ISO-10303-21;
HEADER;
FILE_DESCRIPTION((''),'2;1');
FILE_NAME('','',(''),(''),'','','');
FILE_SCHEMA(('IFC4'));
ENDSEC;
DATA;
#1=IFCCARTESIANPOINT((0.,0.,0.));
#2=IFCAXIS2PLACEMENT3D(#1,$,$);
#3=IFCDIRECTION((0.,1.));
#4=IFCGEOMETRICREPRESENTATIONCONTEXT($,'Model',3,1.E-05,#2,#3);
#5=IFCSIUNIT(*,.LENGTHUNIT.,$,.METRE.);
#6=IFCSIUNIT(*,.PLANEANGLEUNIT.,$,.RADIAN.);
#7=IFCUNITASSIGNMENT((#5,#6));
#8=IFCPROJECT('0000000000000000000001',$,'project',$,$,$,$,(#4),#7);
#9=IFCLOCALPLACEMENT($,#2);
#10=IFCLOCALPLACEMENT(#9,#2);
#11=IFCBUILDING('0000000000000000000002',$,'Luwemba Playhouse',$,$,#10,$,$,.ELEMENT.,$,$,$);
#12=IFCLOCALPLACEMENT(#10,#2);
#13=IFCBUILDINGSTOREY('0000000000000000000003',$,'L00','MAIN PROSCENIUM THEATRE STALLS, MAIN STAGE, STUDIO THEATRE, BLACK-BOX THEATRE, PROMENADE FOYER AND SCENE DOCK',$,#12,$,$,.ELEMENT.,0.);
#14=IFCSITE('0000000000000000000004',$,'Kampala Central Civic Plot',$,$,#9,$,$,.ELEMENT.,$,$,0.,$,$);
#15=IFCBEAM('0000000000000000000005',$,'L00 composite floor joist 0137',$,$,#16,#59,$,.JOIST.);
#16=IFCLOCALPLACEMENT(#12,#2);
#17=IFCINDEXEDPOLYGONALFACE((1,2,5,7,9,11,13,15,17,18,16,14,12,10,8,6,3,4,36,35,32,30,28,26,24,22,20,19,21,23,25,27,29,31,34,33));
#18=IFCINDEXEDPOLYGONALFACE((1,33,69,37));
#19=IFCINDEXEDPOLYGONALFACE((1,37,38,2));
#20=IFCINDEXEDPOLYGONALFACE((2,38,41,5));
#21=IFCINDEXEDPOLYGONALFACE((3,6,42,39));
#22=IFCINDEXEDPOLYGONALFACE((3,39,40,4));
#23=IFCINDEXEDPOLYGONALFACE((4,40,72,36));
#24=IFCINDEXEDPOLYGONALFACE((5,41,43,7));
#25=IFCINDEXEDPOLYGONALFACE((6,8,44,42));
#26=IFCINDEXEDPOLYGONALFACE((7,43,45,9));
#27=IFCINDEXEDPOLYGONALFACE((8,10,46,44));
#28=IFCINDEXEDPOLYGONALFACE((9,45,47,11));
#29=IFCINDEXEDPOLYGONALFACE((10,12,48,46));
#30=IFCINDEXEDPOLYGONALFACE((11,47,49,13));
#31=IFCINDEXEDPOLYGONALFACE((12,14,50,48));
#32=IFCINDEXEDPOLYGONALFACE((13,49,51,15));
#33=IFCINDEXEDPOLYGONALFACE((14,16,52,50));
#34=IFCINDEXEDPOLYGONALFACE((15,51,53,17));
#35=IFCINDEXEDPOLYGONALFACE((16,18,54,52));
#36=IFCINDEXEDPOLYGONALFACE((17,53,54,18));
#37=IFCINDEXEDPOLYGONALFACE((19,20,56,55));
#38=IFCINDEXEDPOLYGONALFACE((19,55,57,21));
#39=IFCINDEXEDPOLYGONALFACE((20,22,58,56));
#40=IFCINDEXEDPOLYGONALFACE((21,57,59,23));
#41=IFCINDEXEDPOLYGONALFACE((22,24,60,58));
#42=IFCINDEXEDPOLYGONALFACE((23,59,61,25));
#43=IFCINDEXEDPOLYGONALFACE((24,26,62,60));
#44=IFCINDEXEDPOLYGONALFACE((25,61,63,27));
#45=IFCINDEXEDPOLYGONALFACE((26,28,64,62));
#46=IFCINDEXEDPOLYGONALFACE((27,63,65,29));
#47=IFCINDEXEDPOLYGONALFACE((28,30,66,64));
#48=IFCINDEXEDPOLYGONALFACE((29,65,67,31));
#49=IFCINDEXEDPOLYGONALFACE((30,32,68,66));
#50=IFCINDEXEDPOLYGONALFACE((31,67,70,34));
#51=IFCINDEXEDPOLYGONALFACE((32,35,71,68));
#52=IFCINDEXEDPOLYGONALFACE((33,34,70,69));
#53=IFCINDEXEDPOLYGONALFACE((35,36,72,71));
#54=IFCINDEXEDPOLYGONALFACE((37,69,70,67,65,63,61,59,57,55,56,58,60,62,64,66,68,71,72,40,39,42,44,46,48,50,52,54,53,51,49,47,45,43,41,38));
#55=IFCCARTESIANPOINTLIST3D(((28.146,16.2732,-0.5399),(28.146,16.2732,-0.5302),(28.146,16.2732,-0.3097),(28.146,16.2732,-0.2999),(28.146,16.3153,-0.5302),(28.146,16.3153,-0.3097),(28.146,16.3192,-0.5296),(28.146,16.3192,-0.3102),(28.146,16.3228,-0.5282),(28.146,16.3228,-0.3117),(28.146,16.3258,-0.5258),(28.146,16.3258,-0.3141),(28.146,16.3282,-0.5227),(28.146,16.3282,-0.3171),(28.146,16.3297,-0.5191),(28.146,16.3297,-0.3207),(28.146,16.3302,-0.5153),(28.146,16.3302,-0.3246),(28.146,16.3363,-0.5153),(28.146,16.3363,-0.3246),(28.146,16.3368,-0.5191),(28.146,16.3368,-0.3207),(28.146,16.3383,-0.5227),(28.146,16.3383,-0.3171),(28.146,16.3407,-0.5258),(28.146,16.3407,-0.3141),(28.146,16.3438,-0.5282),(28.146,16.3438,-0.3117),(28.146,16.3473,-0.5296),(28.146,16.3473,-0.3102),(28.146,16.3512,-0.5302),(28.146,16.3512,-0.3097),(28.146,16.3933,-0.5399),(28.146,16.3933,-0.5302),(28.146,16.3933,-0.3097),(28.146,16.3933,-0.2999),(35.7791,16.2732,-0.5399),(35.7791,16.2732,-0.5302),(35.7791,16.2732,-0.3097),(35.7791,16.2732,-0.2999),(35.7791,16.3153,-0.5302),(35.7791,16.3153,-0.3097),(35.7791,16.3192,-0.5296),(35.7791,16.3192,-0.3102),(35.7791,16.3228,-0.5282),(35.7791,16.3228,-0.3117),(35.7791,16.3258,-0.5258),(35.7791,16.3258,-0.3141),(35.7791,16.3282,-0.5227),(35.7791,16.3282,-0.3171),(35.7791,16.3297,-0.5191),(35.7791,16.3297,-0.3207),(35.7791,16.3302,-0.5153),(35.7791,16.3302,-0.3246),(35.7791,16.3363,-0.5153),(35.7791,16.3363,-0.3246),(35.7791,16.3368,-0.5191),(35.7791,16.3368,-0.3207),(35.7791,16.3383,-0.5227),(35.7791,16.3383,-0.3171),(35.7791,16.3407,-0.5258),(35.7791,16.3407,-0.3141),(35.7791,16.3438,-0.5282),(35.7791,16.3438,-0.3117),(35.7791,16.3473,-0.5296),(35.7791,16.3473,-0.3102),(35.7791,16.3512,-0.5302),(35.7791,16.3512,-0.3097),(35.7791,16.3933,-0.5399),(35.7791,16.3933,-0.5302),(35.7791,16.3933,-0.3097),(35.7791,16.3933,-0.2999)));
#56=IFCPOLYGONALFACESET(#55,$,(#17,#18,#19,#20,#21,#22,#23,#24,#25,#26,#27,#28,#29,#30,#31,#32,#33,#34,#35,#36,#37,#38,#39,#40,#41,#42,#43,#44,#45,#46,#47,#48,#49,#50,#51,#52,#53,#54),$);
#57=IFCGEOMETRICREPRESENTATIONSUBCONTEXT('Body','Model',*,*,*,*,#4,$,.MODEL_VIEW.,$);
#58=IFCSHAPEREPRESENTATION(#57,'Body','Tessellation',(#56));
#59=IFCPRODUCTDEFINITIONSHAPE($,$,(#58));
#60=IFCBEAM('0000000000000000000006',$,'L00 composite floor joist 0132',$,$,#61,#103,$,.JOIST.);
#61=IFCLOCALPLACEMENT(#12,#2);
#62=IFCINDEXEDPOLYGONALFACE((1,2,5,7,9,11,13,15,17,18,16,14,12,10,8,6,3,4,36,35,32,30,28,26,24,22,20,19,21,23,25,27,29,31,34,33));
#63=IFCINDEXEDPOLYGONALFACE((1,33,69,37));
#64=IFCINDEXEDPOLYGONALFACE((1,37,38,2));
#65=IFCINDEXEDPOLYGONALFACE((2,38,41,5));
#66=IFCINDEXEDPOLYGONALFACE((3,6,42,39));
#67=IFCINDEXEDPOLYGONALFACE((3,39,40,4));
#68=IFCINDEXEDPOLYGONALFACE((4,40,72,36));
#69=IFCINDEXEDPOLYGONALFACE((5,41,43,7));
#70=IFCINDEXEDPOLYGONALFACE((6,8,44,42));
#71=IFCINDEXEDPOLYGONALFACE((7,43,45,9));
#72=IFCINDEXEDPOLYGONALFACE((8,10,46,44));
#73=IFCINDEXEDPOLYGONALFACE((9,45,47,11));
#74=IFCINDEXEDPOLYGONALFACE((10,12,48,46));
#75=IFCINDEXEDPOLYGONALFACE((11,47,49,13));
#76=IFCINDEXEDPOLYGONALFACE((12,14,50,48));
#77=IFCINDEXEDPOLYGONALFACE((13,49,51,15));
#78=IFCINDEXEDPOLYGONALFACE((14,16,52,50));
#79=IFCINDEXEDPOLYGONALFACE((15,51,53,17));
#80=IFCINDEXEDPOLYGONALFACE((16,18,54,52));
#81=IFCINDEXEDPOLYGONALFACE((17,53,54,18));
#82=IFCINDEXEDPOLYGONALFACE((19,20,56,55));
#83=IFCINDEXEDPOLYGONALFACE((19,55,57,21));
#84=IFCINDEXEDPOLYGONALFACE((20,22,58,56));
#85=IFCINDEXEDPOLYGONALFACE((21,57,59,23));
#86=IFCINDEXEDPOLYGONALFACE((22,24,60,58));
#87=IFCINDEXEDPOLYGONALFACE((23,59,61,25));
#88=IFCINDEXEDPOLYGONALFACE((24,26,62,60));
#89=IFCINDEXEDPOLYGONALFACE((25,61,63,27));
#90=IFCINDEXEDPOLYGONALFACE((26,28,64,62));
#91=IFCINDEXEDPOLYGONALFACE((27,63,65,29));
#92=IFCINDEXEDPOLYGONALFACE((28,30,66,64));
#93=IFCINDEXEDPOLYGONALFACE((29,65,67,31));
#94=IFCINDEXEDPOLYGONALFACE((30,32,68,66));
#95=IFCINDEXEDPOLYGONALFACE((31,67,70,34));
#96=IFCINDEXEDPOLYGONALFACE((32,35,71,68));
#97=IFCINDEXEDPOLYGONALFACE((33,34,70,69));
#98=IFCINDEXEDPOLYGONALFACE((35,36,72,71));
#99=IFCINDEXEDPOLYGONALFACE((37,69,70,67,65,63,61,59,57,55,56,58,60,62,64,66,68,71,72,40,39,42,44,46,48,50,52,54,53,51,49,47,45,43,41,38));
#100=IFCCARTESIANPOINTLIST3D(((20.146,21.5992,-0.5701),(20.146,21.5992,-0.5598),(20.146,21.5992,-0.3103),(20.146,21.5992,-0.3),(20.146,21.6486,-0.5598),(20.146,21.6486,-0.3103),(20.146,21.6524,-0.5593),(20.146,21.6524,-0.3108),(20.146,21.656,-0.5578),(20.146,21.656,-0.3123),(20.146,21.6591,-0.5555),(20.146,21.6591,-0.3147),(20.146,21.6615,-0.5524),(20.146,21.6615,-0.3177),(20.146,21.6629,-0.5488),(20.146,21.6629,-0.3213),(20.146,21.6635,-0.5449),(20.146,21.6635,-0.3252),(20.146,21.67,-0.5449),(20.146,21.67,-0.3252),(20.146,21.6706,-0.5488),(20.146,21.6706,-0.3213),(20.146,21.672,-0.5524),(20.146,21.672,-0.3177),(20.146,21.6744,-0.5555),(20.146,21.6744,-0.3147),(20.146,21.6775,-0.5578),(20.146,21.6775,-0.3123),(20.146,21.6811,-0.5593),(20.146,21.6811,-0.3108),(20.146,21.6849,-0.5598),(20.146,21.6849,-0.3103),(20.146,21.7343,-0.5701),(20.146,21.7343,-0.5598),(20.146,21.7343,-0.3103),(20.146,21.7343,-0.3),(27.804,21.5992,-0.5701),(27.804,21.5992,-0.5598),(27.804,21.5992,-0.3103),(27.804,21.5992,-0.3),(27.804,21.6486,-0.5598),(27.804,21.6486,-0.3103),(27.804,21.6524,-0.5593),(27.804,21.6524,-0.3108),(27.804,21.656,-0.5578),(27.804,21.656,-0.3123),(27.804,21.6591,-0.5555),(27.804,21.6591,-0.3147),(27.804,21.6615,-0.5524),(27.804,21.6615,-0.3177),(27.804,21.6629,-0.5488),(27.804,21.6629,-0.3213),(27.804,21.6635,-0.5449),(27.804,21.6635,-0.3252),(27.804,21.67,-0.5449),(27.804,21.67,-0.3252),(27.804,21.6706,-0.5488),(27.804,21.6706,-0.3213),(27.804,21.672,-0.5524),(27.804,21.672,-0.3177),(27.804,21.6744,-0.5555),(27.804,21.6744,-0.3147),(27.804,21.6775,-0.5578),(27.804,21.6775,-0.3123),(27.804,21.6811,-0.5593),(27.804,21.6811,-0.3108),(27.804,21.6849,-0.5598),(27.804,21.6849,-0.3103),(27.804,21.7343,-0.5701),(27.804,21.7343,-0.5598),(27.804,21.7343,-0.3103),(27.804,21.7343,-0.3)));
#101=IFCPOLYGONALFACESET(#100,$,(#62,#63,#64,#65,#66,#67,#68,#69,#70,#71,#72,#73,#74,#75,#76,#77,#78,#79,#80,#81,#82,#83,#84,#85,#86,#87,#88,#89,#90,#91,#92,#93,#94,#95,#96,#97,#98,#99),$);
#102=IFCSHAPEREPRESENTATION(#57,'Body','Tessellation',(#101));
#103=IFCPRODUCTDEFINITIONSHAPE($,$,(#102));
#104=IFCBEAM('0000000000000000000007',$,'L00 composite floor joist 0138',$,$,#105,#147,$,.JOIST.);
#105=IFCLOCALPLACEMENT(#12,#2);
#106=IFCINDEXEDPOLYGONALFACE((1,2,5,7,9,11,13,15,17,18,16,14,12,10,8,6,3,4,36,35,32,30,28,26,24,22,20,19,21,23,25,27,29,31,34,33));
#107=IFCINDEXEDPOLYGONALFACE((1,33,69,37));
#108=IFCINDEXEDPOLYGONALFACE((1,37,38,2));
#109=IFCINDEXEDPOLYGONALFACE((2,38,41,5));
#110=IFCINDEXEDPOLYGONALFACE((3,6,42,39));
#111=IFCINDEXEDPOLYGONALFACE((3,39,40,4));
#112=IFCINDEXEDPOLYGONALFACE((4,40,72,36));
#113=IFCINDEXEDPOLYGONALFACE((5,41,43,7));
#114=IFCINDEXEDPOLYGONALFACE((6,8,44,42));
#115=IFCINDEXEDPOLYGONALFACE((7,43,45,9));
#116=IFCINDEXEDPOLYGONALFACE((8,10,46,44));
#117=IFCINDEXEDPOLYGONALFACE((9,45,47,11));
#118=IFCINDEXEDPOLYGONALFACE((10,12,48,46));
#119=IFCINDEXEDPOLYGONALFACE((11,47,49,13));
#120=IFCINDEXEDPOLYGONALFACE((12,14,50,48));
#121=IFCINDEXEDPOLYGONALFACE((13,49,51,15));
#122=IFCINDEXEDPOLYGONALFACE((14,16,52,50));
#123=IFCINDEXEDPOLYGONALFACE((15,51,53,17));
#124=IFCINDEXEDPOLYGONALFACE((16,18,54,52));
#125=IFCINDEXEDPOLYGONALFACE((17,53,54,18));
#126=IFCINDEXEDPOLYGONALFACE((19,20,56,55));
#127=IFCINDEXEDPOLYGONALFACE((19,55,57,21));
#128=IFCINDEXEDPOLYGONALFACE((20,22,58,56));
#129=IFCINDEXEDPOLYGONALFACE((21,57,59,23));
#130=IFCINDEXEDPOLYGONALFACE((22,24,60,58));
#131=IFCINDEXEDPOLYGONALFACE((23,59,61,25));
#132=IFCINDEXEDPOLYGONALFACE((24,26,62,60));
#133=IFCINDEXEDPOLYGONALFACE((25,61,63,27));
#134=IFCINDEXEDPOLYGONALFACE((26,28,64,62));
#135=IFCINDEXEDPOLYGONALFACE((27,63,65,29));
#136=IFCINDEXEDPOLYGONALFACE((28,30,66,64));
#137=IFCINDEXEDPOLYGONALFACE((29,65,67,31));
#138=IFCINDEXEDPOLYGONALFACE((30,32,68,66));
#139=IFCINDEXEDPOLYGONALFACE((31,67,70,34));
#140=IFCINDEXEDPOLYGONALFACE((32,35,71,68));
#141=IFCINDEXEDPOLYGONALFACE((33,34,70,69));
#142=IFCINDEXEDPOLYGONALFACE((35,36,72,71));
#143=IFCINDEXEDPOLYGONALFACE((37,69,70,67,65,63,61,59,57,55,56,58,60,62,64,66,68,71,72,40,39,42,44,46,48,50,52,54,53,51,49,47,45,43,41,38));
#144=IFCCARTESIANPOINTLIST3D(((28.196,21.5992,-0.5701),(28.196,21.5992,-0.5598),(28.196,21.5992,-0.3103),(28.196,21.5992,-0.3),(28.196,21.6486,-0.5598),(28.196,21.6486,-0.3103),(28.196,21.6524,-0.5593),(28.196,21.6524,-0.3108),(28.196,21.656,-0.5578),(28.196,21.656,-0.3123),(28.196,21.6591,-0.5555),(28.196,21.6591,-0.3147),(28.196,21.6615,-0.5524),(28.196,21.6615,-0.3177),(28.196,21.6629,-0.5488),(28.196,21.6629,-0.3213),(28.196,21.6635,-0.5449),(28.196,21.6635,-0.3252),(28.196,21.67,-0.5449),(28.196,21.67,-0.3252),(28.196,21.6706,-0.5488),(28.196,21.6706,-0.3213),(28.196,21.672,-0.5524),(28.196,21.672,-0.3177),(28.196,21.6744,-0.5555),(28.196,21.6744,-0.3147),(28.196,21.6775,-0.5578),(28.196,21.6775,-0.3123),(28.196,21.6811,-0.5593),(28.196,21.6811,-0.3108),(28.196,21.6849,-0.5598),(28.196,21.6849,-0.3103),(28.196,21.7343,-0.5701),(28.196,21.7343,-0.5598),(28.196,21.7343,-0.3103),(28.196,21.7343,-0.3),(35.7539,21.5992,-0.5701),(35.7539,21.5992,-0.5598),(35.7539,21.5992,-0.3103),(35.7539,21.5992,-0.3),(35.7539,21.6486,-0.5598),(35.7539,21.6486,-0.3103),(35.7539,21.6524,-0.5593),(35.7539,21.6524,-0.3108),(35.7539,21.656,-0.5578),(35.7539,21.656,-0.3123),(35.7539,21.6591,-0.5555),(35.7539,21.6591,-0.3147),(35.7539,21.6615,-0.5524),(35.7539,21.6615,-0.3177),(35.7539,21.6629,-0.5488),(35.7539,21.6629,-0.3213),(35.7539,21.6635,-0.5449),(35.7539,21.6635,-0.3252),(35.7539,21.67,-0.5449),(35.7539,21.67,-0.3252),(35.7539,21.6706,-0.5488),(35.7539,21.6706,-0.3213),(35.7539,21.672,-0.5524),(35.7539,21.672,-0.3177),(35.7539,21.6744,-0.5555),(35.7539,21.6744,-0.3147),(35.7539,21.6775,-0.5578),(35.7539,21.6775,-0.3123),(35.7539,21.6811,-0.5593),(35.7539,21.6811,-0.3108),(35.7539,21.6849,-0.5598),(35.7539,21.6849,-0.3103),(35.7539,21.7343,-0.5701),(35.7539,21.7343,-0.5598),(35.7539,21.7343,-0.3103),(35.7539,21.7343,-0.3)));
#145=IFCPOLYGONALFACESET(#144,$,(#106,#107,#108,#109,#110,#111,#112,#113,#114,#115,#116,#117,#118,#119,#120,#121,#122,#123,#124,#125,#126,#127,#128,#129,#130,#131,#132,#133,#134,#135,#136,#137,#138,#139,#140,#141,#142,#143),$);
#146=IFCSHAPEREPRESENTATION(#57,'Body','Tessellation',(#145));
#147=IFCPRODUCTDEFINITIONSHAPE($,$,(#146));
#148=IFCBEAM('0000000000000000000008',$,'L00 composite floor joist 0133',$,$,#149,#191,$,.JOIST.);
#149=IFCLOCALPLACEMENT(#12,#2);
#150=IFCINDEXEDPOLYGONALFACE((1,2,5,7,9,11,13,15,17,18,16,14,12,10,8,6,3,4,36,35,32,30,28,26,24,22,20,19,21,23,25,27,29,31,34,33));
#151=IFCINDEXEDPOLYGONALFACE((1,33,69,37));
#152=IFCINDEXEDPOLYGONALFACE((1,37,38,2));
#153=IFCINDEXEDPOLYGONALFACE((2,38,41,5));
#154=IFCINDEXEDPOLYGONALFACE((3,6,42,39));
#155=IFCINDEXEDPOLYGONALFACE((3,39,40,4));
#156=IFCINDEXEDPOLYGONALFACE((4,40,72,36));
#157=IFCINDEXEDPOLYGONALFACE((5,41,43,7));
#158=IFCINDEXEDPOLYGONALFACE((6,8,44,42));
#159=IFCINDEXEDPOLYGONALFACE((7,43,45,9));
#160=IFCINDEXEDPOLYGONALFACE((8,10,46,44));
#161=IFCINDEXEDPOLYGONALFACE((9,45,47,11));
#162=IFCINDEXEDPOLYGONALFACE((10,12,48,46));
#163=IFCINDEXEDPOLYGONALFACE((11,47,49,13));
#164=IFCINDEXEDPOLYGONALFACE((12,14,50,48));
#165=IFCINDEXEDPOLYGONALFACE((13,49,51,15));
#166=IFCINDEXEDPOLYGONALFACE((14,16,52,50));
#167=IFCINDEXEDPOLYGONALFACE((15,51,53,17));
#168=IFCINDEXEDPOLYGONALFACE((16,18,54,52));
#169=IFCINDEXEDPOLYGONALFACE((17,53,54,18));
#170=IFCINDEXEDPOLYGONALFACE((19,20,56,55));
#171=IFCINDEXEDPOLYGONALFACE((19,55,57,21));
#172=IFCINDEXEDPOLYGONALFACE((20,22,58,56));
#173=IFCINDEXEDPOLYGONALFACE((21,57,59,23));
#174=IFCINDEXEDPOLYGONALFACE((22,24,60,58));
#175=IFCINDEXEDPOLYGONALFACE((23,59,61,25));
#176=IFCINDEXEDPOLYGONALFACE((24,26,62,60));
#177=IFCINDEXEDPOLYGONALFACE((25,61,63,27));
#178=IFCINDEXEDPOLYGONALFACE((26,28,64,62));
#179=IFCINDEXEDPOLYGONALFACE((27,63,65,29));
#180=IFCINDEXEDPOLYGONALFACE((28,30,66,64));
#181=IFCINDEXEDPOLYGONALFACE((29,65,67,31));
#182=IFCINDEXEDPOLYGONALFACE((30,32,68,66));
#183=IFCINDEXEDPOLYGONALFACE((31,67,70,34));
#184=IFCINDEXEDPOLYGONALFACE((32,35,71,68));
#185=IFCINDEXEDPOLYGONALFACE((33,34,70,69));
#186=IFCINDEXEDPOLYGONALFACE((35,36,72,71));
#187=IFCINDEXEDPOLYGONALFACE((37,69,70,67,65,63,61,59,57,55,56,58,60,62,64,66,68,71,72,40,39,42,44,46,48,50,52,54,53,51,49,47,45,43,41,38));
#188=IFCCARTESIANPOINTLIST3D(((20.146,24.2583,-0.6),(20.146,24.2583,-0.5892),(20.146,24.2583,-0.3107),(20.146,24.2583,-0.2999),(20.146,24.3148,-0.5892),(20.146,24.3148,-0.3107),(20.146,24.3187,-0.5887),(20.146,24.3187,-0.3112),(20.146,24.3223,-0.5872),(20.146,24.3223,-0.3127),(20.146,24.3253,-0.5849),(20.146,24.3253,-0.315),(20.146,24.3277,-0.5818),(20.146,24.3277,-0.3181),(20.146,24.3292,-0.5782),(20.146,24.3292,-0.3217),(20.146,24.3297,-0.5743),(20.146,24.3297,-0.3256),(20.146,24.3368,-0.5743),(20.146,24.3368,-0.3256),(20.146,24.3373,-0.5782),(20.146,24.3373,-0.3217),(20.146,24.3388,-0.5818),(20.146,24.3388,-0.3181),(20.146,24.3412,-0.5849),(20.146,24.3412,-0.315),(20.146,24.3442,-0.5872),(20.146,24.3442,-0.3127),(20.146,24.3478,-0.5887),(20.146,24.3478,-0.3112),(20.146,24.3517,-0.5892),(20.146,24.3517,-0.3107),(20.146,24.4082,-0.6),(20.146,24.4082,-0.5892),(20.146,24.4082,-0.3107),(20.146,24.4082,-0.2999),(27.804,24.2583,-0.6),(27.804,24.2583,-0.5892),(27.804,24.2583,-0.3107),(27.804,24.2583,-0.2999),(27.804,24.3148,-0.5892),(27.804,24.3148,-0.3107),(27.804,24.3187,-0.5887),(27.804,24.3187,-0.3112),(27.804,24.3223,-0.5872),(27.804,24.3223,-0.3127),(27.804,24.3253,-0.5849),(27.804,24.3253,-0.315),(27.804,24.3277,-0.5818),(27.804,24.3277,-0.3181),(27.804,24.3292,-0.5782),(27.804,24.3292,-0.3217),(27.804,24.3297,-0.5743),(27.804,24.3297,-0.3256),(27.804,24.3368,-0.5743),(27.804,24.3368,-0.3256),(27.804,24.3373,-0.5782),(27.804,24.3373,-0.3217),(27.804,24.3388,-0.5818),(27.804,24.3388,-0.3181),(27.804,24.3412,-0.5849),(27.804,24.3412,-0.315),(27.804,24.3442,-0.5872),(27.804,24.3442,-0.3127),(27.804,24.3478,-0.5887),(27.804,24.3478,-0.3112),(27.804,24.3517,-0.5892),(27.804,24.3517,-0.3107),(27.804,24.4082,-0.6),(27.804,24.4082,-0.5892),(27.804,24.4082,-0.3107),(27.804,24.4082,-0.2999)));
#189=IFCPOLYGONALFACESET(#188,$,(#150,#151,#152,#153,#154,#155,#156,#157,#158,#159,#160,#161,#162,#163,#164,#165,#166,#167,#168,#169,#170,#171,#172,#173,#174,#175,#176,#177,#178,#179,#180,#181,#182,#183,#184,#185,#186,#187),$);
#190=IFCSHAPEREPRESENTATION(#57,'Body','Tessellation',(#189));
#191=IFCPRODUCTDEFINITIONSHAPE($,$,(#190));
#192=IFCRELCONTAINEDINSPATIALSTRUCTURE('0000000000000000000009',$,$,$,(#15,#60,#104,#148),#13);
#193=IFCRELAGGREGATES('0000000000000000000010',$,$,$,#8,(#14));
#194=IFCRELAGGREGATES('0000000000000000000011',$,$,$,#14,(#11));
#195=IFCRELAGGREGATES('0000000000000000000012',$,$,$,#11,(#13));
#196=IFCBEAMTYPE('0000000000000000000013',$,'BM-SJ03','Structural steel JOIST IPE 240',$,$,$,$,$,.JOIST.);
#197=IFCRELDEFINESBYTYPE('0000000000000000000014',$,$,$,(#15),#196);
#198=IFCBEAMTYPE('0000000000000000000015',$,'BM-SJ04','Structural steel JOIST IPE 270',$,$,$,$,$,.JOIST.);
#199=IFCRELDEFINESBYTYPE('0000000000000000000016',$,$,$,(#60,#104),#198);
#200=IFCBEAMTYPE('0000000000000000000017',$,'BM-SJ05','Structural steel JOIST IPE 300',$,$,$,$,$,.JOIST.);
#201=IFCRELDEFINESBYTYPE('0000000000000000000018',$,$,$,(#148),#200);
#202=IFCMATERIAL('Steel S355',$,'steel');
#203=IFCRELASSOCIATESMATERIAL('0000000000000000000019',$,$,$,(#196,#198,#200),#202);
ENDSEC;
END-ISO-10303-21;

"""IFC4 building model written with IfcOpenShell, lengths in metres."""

from ifc_helpers import new_model, si_unit, direction, frame, origin, origin_2d, place, context, subcontext, project, spatial, i_section, extrude, material, material_profile, profile_set, type_object, element, save


model = new_model("IFC4")

# Units and contexts
model_context = context("Model", 3, precision=1e-05, world=origin(), true_north=direction((0.0, 1.0)))
body_context = subcontext(model_context, "Body", "Model", "MODEL_VIEW")
ifc_project = project(units=[si_unit("LENGTHUNIT", "METRE"), si_unit("PLANEANGLEUNIT", "RADIAN")], contexts=[model_context])

# Site, building, storey
site_placement = place(None, origin())
site = spatial("IfcSite", under=ifc_project, at=site_placement, Name="Kampala Central Civic Plot", CompositionType="ELEMENT", RefElevation=0.0)
building_placement = place(site_placement, origin())
building = spatial("IfcBuilding", under=site, at=building_placement, Name="Luwemba Playhouse", CompositionType="ELEMENT")
storey_placement = place(building_placement, origin())
storey = spatial("IfcBuildingStorey", under=building, at=storey_placement, Name="L00", Description="MAIN PROSCENIUM THEATRE STALLS, MAIN STAGE, STUDIO THEATRE, BLACK-BOX THEATRE, PROMENADE FOYER AND SCENE DOCK", CompositionType="ELEMENT", Elevation=0.0)

# Beams
ifc_material_1 = material(Name="Steel S355", Category="steel")
ifc_material_profile_1 = material_profile(ifc_material_1, i_section(OverallWidth=0.1201, OverallDepth=0.24, WebThickness=0.0061, FlangeThickness=0.0098, FilletRadius=0.0149, at=origin_2d()))
ifc_profile_set_1 = profile_set([ifc_material_profile_1], Name="Steel S355")
beam_type_1 = type_object("IfcBeamType", Name="BM-SJ03", Description="Structural steel JOIST IPE 240", PredefinedType="JOIST", material=ifc_profile_set_1)
beam_1_placement = place(storey_placement, frame((28.146, 16.3333, -0.4199), z_axis=(1.0, 0.0, 0.0), x_axis=(0.0, 1.0, 0.0)))
element("IfcBeam", 1, at=beam_1_placement, inside=storey, type_object=beam_type_1, Name="L00 composite floor joist 0137", PredefinedType="JOIST", context=body_context, shape_type="SweptSolid", body=[
    extrude(i_section(OverallWidth=0.1201, OverallDepth=0.24, WebThickness=0.0061, FlangeThickness=0.0098, FilletRadius=0.0149, at=origin_2d()), origin(), (0.0, 0.0, 1.0), 7.6331),
])
ifc_material_profile_2 = material_profile(ifc_material_1, i_section(OverallWidth=0.135, OverallDepth=0.27, WebThickness=0.0066, FlangeThickness=0.0103, FilletRadius=0.0149, at=origin_2d()))
ifc_profile_set_2 = profile_set([ifc_material_profile_2], Name="Steel S355")
beam_type_2 = type_object("IfcBeamType", Name="BM-SJ04", Description="Structural steel JOIST IPE 270", PredefinedType="JOIST", material=ifc_profile_set_2)
beam_2_placement = place(storey_placement, frame((20.146, 21.6667, -0.4351), z_axis=(1.0, 0.0, 0.0), x_axis=(0.0, 1.0, 0.0)))
element("IfcBeam", 2, at=beam_2_placement, inside=storey, type_object=beam_type_2, Name="L00 composite floor joist 0132", PredefinedType="JOIST", context=body_context, shape_type="SweptSolid", body=[
    extrude(i_section(OverallWidth=0.135, OverallDepth=0.27, WebThickness=0.0066, FlangeThickness=0.0103, FilletRadius=0.0149, at=origin_2d()), origin(), (0.0, 0.0, 1.0), 7.658),
])
beam_3_placement = place(storey_placement, frame((28.196, 21.6667, -0.4351), z_axis=(1.0, 0.0, 0.0), x_axis=(0.0, 1.0, 0.0)))
element("IfcBeam", 3, at=beam_3_placement, inside=storey, type_object=beam_type_2, Name="L00 composite floor joist 0138", PredefinedType="JOIST", context=body_context, shape_type="SweptSolid", body=[
    extrude(i_section(OverallWidth=0.135, OverallDepth=0.27, WebThickness=0.0066, FlangeThickness=0.0103, FilletRadius=0.0149, at=origin_2d()), origin(), (0.0, 0.0, 1.0), 7.5579),
])
ifc_material_profile_3 = material_profile(ifc_material_1, i_section(OverallWidth=0.1499, OverallDepth=0.3, WebThickness=0.0071, FlangeThickness=0.0107, FilletRadius=0.0149, at=origin_2d()))
ifc_profile_set_3 = profile_set([ifc_material_profile_3], Name="Steel S355")
beam_type_3 = type_object("IfcBeamType", Name="BM-SJ05", Description="Structural steel JOIST IPE 300", PredefinedType="JOIST", material=ifc_profile_set_3)
beam_4_placement = place(storey_placement, frame((20.146, 24.3333, -0.45), z_axis=(1.0, 0.0, 0.0), x_axis=(0.0, 1.0, 0.0)))
element("IfcBeam", 4, at=beam_4_placement, inside=storey, type_object=beam_type_3, Name="L00 composite floor joist 0133", PredefinedType="JOIST", context=body_context, shape_type="SweptSolid", body=[
    extrude(i_section(OverallWidth=0.1499, OverallDepth=0.3, WebThickness=0.0071, FlangeThickness=0.0107, FilletRadius=0.0149, at=origin_2d()), origin(), (0.0, 0.0, 1.0), 7.658),
])

save(model, "model.ifc")
